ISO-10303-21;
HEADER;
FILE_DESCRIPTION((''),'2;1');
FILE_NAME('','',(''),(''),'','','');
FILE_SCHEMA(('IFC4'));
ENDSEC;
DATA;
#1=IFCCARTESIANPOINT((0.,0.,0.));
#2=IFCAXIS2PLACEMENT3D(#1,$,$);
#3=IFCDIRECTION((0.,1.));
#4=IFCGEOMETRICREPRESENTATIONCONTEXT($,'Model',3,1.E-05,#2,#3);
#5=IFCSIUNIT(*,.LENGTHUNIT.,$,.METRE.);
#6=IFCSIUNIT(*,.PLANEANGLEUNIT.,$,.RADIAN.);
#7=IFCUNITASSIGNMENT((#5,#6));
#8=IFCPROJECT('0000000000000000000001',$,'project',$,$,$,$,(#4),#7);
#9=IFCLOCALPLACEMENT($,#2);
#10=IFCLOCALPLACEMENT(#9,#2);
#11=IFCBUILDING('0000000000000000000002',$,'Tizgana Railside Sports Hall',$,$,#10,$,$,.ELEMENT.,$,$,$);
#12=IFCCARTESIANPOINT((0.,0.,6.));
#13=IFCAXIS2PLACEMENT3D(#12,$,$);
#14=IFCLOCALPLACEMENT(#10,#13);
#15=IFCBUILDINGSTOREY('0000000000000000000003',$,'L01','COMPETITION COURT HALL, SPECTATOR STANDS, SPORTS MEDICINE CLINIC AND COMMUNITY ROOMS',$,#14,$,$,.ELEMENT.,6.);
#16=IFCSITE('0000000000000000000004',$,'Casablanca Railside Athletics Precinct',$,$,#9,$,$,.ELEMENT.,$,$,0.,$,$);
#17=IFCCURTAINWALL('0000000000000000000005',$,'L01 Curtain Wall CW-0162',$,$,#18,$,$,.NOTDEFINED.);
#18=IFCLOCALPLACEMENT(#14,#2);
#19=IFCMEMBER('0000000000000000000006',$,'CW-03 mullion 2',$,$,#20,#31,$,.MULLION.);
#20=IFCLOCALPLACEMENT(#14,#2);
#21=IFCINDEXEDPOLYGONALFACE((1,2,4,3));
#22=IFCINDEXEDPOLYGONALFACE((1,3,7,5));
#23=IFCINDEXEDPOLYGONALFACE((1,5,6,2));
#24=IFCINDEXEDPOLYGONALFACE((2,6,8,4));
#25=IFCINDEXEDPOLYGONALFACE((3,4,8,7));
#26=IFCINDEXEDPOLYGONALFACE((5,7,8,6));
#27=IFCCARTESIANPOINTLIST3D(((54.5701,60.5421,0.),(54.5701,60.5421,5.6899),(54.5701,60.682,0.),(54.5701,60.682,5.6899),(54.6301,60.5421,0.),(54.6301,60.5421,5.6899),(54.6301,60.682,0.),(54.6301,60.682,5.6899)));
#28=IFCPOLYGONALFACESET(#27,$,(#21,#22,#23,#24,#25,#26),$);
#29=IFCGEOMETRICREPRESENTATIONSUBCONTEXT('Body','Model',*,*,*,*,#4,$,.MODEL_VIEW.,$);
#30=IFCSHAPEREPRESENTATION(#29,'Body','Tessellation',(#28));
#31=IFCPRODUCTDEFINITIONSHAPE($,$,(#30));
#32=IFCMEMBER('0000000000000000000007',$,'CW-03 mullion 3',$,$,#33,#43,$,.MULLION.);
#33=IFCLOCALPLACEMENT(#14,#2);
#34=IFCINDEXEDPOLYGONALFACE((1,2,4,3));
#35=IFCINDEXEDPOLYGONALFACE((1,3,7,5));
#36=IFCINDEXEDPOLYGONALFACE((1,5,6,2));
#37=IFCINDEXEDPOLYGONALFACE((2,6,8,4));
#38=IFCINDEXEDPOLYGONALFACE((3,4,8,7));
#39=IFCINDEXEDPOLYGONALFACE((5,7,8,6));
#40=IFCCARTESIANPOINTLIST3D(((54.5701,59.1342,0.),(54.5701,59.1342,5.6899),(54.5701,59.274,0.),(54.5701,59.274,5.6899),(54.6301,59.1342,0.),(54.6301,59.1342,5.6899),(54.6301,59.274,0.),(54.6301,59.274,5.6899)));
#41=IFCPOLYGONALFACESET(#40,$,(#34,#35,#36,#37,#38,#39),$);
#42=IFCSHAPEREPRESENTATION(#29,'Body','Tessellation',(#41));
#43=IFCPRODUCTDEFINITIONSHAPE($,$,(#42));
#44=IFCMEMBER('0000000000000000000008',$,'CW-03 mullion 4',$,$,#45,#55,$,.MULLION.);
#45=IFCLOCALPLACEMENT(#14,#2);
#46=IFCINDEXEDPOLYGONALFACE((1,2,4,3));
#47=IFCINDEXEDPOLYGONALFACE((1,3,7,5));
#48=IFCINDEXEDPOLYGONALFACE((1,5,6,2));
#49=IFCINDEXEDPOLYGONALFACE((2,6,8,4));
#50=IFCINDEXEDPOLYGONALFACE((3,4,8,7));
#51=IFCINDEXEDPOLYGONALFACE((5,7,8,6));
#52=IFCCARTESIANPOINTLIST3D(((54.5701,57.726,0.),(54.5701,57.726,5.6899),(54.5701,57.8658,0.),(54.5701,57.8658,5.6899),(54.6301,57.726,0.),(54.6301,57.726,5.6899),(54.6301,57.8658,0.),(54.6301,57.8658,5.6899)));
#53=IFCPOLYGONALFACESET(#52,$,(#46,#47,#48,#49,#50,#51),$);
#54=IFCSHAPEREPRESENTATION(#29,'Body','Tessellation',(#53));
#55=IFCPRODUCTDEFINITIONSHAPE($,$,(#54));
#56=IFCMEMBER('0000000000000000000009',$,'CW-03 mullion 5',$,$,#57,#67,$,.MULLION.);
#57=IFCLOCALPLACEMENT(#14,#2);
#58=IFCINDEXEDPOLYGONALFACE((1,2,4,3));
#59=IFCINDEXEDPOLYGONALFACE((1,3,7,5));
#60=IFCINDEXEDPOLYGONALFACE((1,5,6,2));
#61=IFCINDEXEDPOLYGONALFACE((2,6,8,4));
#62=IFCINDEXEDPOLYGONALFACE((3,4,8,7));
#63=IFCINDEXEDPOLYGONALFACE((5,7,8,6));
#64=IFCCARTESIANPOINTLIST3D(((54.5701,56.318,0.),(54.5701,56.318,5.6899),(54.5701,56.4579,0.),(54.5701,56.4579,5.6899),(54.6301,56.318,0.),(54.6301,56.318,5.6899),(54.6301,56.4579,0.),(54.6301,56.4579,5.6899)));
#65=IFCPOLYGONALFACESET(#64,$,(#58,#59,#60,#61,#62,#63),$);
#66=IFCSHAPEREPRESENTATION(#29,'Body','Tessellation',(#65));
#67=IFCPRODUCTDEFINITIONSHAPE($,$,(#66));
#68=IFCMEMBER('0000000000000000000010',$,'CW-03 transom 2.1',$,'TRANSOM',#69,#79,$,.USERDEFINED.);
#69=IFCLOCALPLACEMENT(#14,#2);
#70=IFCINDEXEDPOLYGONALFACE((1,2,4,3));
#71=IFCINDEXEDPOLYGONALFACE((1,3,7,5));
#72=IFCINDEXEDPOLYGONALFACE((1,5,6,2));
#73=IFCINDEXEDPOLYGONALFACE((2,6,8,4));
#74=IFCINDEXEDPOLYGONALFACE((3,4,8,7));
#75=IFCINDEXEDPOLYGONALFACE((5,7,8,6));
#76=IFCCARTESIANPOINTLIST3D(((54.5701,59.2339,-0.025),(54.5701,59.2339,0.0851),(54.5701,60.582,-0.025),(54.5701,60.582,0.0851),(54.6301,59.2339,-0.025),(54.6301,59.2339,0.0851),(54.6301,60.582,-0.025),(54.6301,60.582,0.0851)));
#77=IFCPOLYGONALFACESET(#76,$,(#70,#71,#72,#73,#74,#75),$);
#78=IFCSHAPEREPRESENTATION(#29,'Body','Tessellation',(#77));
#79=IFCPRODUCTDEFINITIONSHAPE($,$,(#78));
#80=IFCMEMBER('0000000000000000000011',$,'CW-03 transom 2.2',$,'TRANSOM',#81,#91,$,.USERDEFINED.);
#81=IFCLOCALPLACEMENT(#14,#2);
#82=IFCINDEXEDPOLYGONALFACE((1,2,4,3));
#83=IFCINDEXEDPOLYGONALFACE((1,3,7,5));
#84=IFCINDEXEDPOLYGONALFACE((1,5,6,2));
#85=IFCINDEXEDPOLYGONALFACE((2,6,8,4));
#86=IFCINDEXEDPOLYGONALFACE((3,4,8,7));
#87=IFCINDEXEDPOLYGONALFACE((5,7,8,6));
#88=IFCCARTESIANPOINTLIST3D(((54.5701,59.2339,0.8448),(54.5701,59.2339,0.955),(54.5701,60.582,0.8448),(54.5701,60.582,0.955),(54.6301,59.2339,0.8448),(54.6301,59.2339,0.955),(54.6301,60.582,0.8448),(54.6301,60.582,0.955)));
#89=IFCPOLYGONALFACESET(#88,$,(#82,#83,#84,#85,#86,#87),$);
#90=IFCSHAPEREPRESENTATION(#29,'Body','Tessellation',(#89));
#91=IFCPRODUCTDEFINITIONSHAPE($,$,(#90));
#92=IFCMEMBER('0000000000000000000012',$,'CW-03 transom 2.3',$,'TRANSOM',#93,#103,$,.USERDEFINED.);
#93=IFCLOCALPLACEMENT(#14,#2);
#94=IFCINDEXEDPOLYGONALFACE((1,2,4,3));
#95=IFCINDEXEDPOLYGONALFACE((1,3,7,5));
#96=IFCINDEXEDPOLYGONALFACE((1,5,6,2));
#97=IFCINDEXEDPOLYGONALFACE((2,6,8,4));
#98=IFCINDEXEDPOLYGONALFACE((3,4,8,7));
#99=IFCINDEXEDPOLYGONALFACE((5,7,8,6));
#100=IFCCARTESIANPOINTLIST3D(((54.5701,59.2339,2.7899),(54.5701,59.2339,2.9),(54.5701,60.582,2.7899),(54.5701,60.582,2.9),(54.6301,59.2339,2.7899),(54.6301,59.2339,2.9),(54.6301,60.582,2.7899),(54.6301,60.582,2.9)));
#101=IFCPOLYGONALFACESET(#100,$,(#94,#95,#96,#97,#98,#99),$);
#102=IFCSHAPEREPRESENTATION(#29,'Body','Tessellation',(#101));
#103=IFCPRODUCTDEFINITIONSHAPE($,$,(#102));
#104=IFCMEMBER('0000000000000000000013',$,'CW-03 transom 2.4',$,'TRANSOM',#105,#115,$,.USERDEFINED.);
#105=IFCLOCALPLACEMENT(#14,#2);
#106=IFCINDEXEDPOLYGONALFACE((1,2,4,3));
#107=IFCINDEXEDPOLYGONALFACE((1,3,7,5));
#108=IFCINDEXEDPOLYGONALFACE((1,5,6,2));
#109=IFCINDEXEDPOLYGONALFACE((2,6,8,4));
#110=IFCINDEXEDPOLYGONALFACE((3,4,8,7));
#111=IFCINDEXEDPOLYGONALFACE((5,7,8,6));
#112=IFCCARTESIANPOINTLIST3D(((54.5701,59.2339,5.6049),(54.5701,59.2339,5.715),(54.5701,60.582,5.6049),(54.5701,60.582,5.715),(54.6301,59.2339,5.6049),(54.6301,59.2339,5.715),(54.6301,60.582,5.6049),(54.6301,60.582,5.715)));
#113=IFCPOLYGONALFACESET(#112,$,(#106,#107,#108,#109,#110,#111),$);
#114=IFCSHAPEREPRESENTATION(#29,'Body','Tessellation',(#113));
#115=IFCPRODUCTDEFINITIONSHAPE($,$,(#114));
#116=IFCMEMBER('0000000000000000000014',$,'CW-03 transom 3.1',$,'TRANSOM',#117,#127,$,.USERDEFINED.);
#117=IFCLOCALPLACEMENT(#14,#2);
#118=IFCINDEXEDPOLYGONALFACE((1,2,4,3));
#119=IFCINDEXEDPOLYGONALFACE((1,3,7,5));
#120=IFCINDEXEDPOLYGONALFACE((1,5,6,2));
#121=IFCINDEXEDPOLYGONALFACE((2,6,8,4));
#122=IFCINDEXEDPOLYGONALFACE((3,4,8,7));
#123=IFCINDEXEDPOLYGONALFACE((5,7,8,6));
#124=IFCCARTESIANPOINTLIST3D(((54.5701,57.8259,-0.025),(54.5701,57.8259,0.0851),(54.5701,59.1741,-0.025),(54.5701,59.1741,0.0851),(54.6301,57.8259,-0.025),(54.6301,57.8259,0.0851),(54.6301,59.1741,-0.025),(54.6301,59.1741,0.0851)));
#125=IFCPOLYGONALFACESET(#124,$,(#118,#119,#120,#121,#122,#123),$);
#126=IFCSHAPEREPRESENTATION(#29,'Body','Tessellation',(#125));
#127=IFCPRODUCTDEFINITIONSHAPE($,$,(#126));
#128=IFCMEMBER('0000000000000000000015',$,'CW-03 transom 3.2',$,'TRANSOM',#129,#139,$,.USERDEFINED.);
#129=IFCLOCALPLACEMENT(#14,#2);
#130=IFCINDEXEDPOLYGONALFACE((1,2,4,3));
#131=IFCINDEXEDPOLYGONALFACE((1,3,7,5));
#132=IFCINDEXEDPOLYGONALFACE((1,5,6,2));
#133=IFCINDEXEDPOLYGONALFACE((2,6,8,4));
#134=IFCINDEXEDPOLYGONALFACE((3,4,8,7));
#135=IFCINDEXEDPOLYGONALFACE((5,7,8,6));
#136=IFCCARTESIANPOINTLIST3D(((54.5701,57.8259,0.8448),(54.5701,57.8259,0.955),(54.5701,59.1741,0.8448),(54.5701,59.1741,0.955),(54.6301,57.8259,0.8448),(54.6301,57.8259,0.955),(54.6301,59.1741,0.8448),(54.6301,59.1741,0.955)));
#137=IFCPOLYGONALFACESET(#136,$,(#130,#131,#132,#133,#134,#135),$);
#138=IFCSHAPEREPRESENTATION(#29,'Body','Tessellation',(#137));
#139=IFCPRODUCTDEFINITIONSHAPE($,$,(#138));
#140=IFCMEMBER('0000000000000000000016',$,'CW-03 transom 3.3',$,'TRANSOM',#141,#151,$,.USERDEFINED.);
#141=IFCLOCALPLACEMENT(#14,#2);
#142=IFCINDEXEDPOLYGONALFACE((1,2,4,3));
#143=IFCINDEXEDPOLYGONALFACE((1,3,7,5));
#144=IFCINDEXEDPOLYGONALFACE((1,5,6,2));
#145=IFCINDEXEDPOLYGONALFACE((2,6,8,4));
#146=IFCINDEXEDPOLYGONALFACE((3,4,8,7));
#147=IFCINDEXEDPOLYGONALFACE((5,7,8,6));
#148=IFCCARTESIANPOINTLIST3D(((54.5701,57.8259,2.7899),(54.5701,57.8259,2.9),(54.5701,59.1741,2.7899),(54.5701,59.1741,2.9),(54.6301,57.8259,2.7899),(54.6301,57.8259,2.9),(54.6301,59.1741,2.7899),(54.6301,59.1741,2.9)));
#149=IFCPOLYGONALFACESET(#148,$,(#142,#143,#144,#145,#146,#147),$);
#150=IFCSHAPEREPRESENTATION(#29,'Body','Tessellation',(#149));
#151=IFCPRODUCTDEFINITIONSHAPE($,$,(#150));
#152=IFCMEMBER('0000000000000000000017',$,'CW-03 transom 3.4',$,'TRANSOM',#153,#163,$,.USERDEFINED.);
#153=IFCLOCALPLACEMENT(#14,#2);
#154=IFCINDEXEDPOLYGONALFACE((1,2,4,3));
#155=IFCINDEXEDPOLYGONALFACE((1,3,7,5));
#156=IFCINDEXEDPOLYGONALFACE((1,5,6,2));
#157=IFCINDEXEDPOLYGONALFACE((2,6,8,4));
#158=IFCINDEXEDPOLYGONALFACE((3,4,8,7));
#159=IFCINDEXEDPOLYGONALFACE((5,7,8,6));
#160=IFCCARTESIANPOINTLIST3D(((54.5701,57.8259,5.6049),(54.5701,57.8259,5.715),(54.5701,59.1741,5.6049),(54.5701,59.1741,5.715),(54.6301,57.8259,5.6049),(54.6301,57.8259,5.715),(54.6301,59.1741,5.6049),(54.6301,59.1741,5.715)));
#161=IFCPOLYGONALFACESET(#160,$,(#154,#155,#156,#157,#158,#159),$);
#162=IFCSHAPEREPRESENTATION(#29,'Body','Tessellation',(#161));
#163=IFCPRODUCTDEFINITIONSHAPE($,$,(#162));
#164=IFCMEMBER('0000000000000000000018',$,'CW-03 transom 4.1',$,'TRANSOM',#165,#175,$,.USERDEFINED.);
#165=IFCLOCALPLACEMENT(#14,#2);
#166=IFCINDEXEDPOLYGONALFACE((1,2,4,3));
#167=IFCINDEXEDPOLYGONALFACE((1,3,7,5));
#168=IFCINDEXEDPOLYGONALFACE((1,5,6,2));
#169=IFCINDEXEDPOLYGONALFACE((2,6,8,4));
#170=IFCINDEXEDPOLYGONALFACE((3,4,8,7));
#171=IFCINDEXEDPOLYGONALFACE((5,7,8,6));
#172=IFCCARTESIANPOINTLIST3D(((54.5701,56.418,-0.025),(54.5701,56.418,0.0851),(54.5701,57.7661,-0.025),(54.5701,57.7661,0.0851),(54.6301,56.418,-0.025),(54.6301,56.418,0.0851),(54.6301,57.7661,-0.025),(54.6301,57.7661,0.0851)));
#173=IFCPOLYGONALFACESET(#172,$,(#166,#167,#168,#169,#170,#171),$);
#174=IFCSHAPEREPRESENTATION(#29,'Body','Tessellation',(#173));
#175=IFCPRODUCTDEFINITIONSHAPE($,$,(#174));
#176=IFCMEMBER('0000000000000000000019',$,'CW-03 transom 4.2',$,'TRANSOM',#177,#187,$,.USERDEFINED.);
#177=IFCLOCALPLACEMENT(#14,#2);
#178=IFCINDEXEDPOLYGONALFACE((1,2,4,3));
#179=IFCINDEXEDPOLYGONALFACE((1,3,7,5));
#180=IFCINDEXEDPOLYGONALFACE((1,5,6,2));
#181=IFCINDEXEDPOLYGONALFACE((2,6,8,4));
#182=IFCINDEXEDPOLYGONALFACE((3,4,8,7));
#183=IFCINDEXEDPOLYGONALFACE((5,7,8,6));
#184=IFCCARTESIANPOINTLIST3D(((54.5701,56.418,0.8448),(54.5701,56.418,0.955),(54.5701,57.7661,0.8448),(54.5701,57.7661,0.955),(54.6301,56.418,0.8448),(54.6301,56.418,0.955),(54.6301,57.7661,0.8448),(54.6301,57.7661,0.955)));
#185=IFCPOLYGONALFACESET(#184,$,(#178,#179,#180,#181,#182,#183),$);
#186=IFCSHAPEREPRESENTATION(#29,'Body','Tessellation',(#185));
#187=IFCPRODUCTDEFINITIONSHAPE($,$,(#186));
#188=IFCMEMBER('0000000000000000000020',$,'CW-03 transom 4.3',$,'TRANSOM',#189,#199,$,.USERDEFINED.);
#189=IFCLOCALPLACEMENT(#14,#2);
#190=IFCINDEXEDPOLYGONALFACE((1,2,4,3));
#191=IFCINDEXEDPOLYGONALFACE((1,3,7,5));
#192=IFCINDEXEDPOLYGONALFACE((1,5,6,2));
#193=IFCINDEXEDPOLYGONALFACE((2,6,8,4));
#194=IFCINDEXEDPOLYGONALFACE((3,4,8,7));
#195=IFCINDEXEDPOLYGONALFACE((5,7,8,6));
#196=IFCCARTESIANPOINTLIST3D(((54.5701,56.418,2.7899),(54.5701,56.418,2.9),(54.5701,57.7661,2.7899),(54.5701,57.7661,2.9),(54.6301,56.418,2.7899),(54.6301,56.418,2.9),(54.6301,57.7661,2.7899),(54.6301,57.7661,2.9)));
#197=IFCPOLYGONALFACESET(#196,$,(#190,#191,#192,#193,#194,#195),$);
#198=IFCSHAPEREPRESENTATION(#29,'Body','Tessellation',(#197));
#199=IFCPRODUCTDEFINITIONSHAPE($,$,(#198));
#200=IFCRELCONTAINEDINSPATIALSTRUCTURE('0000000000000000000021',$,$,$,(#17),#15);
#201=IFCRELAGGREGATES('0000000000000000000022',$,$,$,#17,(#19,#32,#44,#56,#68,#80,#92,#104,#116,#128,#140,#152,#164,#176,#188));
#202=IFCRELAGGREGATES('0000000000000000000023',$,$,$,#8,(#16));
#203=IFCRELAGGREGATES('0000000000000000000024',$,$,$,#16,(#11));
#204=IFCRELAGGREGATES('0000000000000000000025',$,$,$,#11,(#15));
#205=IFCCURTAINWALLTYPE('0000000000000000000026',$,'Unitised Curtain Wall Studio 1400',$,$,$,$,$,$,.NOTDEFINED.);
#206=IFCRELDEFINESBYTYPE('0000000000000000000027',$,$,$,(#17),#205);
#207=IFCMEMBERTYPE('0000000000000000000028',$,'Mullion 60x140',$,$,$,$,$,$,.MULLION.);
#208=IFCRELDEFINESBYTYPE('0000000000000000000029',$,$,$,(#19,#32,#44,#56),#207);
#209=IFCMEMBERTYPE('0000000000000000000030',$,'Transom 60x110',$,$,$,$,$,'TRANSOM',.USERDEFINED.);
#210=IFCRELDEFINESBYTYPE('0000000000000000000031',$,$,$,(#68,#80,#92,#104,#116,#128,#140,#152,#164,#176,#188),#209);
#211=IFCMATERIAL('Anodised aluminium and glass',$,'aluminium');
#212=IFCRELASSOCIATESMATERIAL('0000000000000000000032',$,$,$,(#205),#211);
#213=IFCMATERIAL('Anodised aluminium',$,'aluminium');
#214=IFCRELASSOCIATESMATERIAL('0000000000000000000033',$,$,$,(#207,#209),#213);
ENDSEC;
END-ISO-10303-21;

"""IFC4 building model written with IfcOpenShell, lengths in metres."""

from ifc_helpers import new_model, si_unit, direction, frame, origin, origin_2d, place, context, subcontext, project, spatial, rectangle, extrude, material, material_profile, profile_set, type_object, element, aggregate, save


model = new_model("IFC4")

# Units and contexts
model_context = context("Model", 3, precision=1e-05, world=origin(), true_north=direction((0.0, 1.0)))
body_context = subcontext(model_context, "Body", "Model", "MODEL_VIEW")
ifc_project = project(units=[si_unit("LENGTHUNIT", "METRE"), si_unit("PLANEANGLEUNIT", "RADIAN")], contexts=[model_context])

# Site, building, storey
site_placement = place(None, origin())
site = spatial("IfcSite", under=ifc_project, at=site_placement, Name="Casablanca Railside Athletics Precinct", CompositionType="ELEMENT", RefElevation=0.0)
building_placement = place(site_placement, origin())
building = spatial("IfcBuilding", under=site, at=building_placement, Name="Tizgana Railside Sports Hall", CompositionType="ELEMENT")
storey_placement = place(building_placement, frame((0.0, 0.0, 6.0)))
storey = spatial("IfcBuildingStorey", under=building, at=storey_placement, Name="L01", Description="COMPETITION COURT HALL, SPECTATOR STANDS, SPORTS MEDICINE CLINIC AND COMMUNITY ROOMS", CompositionType="ELEMENT", Elevation=6.0)

# Curtain wall, members
ifc_material_1 = material(Name="Anodised aluminium and glass", Category="aluminium")
curtain_wall_type = type_object("IfcCurtainWallType", Name="Unitised Curtain Wall Studio 1400", PredefinedType="NOTDEFINED", material=ifc_material_1)
curtain_wall_placement = place(storey_placement, origin())
curtain_wall = element("IfcCurtainWall", 1, at=curtain_wall_placement, inside=storey, type_object=curtain_wall_type, Name="L01 Curtain Wall CW-0162", PredefinedType="NOTDEFINED")
ifc_material_2 = material(Name="Anodised aluminium", Category="aluminium")
ifc_material_profile_1 = material_profile(ifc_material_2, rectangle(XDim=0.0601, YDim=0.1399, at=origin_2d()), Name="Mullion 60x140")
ifc_profile_set_1 = profile_set([ifc_material_profile_1], Name="Anodised aluminium")
member_type_1 = type_object("IfcMemberType", Name="Mullion 60x140", PredefinedType="MULLION", material=ifc_profile_set_1)
member_1_placement = place(storey_placement, frame((54.6001, 60.6121, 0.0), z_axis=(0.0, 0.0, 1.0), x_axis=(1.0, 0.0, 0.0)))
member_1 = element("IfcMember", 2, at=member_1_placement, type_object=member_type_1, Name="CW-03 mullion 2", PredefinedType="MULLION", context=body_context, shape_type="SweptSolid", body=[
    extrude(rectangle(XDim=0.0601, YDim=0.1399, at=origin_2d()), origin(), (0.0, 0.0, 1.0), 5.6899),
])
member_2_placement = place(storey_placement, frame((54.6001, 59.2041, 0.0), z_axis=(0.0, 0.0, 1.0), x_axis=(1.0, 0.0, 0.0)))
member_2 = element("IfcMember", 3, at=member_2_placement, type_object=member_type_1, Name="CW-03 mullion 3", PredefinedType="MULLION", context=body_context, shape_type="SweptSolid", body=[
    extrude(rectangle(XDim=0.0601, YDim=0.1399, at=origin_2d()), origin(), (0.0, 0.0, 1.0), 5.6899),
])
member_3_placement = place(storey_placement, frame((54.6001, 57.7959, 0.0), z_axis=(0.0, 0.0, 1.0), x_axis=(1.0, 0.0, 0.0)))
member_3 = element("IfcMember", 4, at=member_3_placement, type_object=member_type_1, Name="CW-03 mullion 4", PredefinedType="MULLION", context=body_context, shape_type="SweptSolid", body=[
    extrude(rectangle(XDim=0.0601, YDim=0.1399, at=origin_2d()), origin(), (0.0, 0.0, 1.0), 5.6899),
])
member_4_placement = place(storey_placement, frame((54.6001, 56.3879, 0.0), z_axis=(0.0, 0.0, 1.0), x_axis=(1.0, 0.0, 0.0)))
member_4 = element("IfcMember", 5, at=member_4_placement, type_object=member_type_1, Name="CW-03 mullion 5", PredefinedType="MULLION", context=body_context, shape_type="SweptSolid", body=[
    extrude(rectangle(XDim=0.0601, YDim=0.1399, at=origin_2d()), origin(), (0.0, 0.0, 1.0), 5.6899),
])
ifc_material_profile_2 = material_profile(ifc_material_2, rectangle(XDim=0.0601, YDim=0.1101, at=origin_2d()), Name="Transom 60x110")
ifc_profile_set_2 = profile_set([ifc_material_profile_2], Name="Anodised aluminium")
member_type_2 = type_object("IfcMemberType", Name="Transom 60x110", ElementType="TRANSOM", PredefinedType="USERDEFINED", material=ifc_profile_set_2)
member_5_placement = place(storey_placement, frame((54.6001, 60.582, 0.03), z_axis=(0.0, -1.0, 0.0), x_axis=(1.0, 0.0, 0.0)))
member_5 = element("IfcMember", 6, at=member_5_placement, type_object=member_type_2, Name="CW-03 transom 2.1", ObjectType="TRANSOM", PredefinedType="USERDEFINED", context=body_context, shape_type="SweptSolid", body=[
    extrude(rectangle(XDim=0.0601, YDim=0.1101, at=origin_2d()), origin(), (0.0, 0.0, 1.0), 1.3481),
])
member_6_placement = place(storey_placement, frame((54.6001, 60.582, 0.8999), z_axis=(0.0, -1.0, 0.0), x_axis=(1.0, 0.0, 0.0)))
member_6 = element("IfcMember", 7, at=member_6_placement, type_object=member_type_2, Name="CW-03 transom 2.2", ObjectType="TRANSOM", PredefinedType="USERDEFINED", context=body_context, shape_type="SweptSolid", body=[
    extrude(rectangle(XDim=0.0601, YDim=0.1101, at=origin_2d()), origin(), (0.0, 0.0, 1.0), 1.3481),
])
member_7_placement = place(storey_placement, frame((54.6001, 60.582, 2.845), z_axis=(0.0, -1.0, 0.0), x_axis=(1.0, 0.0, 0.0)))
member_7 = element("IfcMember", 8, at=member_7_placement, type_object=member_type_2, Name="CW-03 transom 2.3", ObjectType="TRANSOM", PredefinedType="USERDEFINED", context=body_context, shape_type="SweptSolid", body=[
    extrude(rectangle(XDim=0.0601, YDim=0.1101, at=origin_2d()), origin(), (0.0, 0.0, 1.0), 1.3481),
])
member_8_placement = place(storey_placement, frame((54.6001, 60.582, 5.6599), z_axis=(0.0, -1.0, 0.0), x_axis=(1.0, 0.0, 0.0)))
member_8 = element("IfcMember", 9, at=member_8_placement, type_object=member_type_2, Name="CW-03 transom 2.4", ObjectType="TRANSOM", PredefinedType="USERDEFINED", context=body_context, shape_type="SweptSolid", body=[
    extrude(rectangle(XDim=0.0601, YDim=0.1101, at=origin_2d()), origin(), (0.0, 0.0, 1.0), 1.3481),
])
member_9_placement = place(storey_placement, frame((54.6001, 59.1741, 0.03), z_axis=(0.0, -1.0, 0.0), x_axis=(1.0, 0.0, 0.0)))
member_9 = element("IfcMember", 10, at=member_9_placement, type_object=member_type_2, Name="CW-03 transom 3.1", ObjectType="TRANSOM", PredefinedType="USERDEFINED", context=body_context, shape_type="SweptSolid", body=[
    extrude(rectangle(XDim=0.0601, YDim=0.1101, at=origin_2d()), origin(), (0.0, 0.0, 1.0), 1.3481),
])
member_10_placement = place(storey_placement, frame((54.6001, 59.1741, 0.8999), z_axis=(0.0, -1.0, 0.0), x_axis=(1.0, 0.0, 0.0)))
member_10 = element("IfcMember", 11, at=member_10_placement, type_object=member_type_2, Name="CW-03 transom 3.2", ObjectType="TRANSOM", PredefinedType="USERDEFINED", context=body_context, shape_type="SweptSolid", body=[
    extrude(rectangle(XDim=0.0601, YDim=0.1101, at=origin_2d()), origin(), (0.0, 0.0, 1.0), 1.3481),
])
member_11_placement = place(storey_placement, frame((54.6001, 59.1741, 2.845), z_axis=(0.0, -1.0, 0.0), x_axis=(1.0, 0.0, 0.0)))
member_11 = element("IfcMember", 12, at=member_11_placement, type_object=member_type_2, Name="CW-03 transom 3.3", ObjectType="TRANSOM", PredefinedType="USERDEFINED", context=body_context, shape_type="SweptSolid", body=[
    extrude(rectangle(XDim=0.0601, YDim=0.1101, at=origin_2d()), origin(), (0.0, 0.0, 1.0), 1.3481),
])
member_12_placement = place(storey_placement, frame((54.6001, 59.1741, 5.6599), z_axis=(0.0, -1.0, 0.0), x_axis=(1.0, 0.0, 0.0)))
member_12 = element("IfcMember", 13, at=member_12_placement, type_object=member_type_2, Name="CW-03 transom 3.4", ObjectType="TRANSOM", PredefinedType="USERDEFINED", context=body_context, shape_type="SweptSolid", body=[
    extrude(rectangle(XDim=0.0601, YDim=0.1101, at=origin_2d()), origin(), (0.0, 0.0, 1.0), 1.3481),
])
member_13_placement = place(storey_placement, frame((54.6001, 57.7661, 0.03), z_axis=(0.0, -1.0, 0.0), x_axis=(1.0, 0.0, 0.0)))
member_13 = element("IfcMember", 14, at=member_13_placement, type_object=member_type_2, Name="CW-03 transom 4.1", ObjectType="TRANSOM", PredefinedType="USERDEFINED", context=body_context, shape_type="SweptSolid", body=[
    extrude(rectangle(XDim=0.0601, YDim=0.1101, at=origin_2d()), origin(), (0.0, 0.0, 1.0), 1.3481),
])
member_14_placement = place(storey_placement, frame((54.6001, 57.7661, 0.8999), z_axis=(0.0, -1.0, 0.0), x_axis=(1.0, 0.0, 0.0)))
member_14 = element("IfcMember", 15, at=member_14_placement, type_object=member_type_2, Name="CW-03 transom 4.2", ObjectType="TRANSOM", PredefinedType="USERDEFINED", context=body_context, shape_type="SweptSolid", body=[
    extrude(rectangle(XDim=0.0601, YDim=0.1101, at=origin_2d()), origin(), (0.0, 0.0, 1.0), 1.3481),
])
member_15_placement = place(storey_placement, frame((54.6001, 57.7661, 2.845), z_axis=(0.0, -1.0, 0.0), x_axis=(1.0, 0.0, 0.0)))
member_15 = element("IfcMember", 16, at=member_15_placement, type_object=member_type_2, Name="CW-03 transom 4.3", ObjectType="TRANSOM", PredefinedType="USERDEFINED", context=body_context, shape_type="SweptSolid", body=[
    extrude(rectangle(XDim=0.0601, YDim=0.1101, at=origin_2d()), origin(), (0.0, 0.0, 1.0), 1.3481),
])
aggregate(curtain_wall, [member_1, member_2, member_3, member_4, member_5, member_6, member_7, member_8, member_9, member_10, member_11, member_12, member_13, member_14, member_15])

save(model, "model.ifc")
